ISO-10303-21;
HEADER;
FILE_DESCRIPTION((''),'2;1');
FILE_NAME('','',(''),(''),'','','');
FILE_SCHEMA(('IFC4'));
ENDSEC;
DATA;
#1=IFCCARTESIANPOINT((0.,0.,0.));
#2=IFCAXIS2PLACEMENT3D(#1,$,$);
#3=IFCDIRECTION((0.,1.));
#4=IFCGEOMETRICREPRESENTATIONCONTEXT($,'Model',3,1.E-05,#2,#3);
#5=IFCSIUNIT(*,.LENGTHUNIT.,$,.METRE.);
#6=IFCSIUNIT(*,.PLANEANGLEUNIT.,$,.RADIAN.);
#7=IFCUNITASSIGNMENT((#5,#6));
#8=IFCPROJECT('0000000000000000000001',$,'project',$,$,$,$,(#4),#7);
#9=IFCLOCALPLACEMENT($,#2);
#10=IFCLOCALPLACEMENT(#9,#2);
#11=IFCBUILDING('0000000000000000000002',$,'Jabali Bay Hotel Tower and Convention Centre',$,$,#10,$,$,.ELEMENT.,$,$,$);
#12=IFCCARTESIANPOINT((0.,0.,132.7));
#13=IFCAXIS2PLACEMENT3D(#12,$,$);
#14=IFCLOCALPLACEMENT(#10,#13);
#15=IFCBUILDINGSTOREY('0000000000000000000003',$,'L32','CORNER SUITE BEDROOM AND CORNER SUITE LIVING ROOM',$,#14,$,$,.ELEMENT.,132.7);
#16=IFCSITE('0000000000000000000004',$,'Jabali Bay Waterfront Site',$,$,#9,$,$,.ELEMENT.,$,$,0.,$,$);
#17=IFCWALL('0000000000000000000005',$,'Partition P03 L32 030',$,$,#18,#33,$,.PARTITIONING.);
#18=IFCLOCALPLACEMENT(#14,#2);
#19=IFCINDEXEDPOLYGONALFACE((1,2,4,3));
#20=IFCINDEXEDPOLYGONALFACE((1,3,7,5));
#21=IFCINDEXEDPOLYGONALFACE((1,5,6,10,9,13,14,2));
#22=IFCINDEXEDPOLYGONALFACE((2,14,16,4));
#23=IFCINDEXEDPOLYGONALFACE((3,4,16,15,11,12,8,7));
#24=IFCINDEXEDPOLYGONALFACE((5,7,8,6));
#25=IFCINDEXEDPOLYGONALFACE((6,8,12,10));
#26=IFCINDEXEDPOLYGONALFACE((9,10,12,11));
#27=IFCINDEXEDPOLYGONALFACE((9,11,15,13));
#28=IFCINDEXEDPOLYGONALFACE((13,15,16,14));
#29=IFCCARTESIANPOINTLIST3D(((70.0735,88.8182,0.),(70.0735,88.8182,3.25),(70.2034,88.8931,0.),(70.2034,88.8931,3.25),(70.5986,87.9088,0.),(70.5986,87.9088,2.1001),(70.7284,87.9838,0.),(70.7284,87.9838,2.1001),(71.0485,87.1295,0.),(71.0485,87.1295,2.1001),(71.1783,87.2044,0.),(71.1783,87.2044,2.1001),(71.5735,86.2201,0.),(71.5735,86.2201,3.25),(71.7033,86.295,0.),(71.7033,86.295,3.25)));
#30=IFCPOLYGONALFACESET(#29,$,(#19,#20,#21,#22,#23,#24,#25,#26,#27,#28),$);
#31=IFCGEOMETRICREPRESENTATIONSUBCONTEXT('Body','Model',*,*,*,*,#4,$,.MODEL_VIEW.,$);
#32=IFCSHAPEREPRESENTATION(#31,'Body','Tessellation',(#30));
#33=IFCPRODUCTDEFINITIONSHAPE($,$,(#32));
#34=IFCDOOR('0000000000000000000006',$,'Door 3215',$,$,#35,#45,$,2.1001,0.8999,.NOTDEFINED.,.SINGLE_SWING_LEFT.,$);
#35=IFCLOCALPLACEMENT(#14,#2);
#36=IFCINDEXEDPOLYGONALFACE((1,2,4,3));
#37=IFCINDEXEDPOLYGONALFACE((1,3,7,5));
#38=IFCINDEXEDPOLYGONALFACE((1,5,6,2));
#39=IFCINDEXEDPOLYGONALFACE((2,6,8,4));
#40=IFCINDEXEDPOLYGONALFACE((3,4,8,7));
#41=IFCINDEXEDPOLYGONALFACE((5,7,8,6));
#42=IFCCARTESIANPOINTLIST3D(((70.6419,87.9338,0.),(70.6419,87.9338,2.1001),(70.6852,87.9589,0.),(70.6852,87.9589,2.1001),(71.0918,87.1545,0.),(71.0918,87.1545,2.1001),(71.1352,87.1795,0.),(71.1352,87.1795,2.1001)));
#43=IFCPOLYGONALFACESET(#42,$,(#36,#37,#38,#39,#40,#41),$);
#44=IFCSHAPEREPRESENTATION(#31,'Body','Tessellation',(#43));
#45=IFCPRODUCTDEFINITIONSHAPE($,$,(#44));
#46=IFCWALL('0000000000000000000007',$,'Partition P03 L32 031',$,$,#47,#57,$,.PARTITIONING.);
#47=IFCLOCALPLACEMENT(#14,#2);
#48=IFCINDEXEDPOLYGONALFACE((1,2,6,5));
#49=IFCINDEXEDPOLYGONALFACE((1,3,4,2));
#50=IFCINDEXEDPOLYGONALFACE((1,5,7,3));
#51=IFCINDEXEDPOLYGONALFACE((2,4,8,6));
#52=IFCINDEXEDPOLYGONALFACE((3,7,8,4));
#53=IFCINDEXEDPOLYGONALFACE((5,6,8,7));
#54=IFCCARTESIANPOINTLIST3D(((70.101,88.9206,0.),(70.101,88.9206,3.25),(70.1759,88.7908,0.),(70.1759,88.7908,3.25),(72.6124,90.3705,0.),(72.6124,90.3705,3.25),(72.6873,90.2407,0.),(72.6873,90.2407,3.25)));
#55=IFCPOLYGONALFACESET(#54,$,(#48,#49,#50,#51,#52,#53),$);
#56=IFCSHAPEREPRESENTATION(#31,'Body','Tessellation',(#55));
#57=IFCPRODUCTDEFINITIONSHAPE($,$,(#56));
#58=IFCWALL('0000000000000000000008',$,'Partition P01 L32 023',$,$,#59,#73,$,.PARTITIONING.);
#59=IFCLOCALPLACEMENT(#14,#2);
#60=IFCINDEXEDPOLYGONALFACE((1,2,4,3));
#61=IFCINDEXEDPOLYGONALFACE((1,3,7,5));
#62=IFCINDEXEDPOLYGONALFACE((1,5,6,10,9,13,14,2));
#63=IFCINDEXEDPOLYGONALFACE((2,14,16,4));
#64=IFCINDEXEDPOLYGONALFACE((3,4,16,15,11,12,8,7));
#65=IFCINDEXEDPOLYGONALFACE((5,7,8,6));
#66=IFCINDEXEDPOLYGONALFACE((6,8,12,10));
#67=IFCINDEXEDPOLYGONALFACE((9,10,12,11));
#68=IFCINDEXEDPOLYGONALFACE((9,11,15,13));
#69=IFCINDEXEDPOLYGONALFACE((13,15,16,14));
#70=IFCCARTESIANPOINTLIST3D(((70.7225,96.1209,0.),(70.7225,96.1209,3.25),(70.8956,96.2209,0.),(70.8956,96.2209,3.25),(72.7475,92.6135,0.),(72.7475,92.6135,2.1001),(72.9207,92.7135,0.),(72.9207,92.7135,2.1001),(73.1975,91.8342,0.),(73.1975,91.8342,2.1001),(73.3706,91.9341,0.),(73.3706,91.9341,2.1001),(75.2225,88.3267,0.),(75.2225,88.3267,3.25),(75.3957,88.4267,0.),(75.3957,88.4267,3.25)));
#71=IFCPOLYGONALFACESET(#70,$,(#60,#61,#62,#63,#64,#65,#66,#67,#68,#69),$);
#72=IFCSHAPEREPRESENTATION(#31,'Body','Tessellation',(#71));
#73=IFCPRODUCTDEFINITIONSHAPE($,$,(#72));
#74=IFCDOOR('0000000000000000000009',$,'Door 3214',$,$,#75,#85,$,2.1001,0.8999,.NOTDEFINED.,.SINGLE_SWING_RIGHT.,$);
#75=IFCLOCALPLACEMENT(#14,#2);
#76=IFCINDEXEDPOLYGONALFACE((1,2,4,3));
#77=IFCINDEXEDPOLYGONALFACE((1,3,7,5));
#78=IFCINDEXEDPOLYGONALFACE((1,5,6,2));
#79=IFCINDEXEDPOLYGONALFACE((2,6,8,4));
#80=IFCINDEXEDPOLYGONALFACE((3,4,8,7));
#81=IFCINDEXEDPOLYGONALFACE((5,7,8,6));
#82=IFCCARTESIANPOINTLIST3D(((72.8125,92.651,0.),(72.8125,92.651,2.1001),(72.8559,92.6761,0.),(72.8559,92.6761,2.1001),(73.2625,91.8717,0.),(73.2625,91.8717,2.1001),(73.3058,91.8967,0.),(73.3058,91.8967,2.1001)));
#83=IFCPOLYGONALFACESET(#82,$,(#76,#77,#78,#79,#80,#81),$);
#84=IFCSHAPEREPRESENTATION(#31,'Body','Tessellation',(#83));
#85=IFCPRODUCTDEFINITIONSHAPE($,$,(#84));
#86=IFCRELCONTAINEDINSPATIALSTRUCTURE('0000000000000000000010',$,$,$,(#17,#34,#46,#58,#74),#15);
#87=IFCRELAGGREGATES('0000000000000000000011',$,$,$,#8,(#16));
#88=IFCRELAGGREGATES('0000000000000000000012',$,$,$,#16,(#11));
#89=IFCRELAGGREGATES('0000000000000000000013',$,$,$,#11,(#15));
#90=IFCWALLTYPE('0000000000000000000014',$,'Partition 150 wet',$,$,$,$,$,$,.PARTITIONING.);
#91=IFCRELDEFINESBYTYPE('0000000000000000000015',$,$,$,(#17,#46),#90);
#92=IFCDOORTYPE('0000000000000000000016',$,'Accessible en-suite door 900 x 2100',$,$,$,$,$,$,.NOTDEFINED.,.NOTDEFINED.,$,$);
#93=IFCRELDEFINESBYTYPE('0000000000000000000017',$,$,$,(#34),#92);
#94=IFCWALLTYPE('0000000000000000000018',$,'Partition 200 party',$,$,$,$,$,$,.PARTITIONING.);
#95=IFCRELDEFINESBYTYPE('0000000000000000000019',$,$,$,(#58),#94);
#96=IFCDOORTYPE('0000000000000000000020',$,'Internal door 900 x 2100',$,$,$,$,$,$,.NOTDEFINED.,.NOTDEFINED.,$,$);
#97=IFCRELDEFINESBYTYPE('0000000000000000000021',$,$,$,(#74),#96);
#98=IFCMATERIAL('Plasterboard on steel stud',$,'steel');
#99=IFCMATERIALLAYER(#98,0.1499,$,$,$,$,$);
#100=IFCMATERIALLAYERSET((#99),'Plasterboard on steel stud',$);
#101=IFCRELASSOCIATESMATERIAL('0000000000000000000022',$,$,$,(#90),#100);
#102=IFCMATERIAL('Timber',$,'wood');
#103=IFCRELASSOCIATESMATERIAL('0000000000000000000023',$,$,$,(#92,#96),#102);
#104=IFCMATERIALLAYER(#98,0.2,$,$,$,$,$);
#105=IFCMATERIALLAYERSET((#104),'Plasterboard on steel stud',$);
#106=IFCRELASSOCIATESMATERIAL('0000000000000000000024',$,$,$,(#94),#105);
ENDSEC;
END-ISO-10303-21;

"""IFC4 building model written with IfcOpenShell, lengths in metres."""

from ifc_helpers import new_model, si_unit, direction, frame, frame_2d, origin, place, context, subcontext, project, spatial, rectangle, extrude, material, layer, layer_set, type_object, element, fill, save


model = new_model("IFC4")

# Units and contexts
model_context = context("Model", 3, precision=1e-05, world=origin(), true_north=direction((0.0, 1.0)))
body_context = subcontext(model_context, "Body", "Model", "MODEL_VIEW")
ifc_project = project(units=[si_unit("LENGTHUNIT", "METRE"), si_unit("PLANEANGLEUNIT", "RADIAN")], contexts=[model_context])

# Site, building, storey
site_placement = place(None, origin())
site = spatial("IfcSite", under=ifc_project, at=site_placement, Name="Jabali Bay Waterfront Site", CompositionType="ELEMENT", RefElevation=0.0)
building_placement = place(site_placement, origin())
building = spatial("IfcBuilding", under=site, at=building_placement, Name="Jabali Bay Hotel Tower and Convention Centre", CompositionType="ELEMENT")
storey_placement = place(building_placement, frame((0.0, 0.0, 132.7)))
storey = spatial("IfcBuildingStorey", under=building, at=storey_placement, Name="L32", Description="CORNER SUITE BEDROOM AND CORNER SUITE LIVING ROOM", CompositionType="ELEMENT", Elevation=132.7)

# Shared definitions
ifc_material_1 = material(Name="Timber", Category="wood")

# Wall, opening, door
ifc_material_2 = material(Name="Plasterboard on steel stud", Category="steel")
ifc_layer_1 = layer(ifc_material_2, 0.1499)
ifc_layer_set_1 = layer_set([ifc_layer_1], Name="Plasterboard on steel stud")
wall_type_1 = type_object("IfcWallType", Name="Partition 150 wet", PredefinedType="PARTITIONING", material=ifc_layer_set_1)
wall_1_placement = place(storey_placement, frame((71.6384, 86.2576, 0.0), z_axis=(0.0, 0.0, 1.0), x_axis=(-0.49999, 0.866031, 0.0)))
wall_1 = element("IfcWall", 1, at=wall_1_placement, inside=storey, type_object=wall_type_1, Name="Partition P03 L32 030", PredefinedType="PARTITIONING", context=body_context, shape_type="SweptSolid", body=[
    extrude(rectangle(XDim=3.0, YDim=0.1499, at=frame_2d((1.5, 0.0))), origin(), (0.0, 0.0, 1.0), 3.25),
])
opening_1_placement = place(wall_1_placement, frame((1.05, 0.0, 0.0)))
opening_1 = element("IfcOpeningElement", 2, at=opening_1_placement, cuts=wall_1, PredefinedType="OPENING", context=body_context, shape_type="SweptSolid", body=[
    extrude(rectangle(XDim=0.8999, YDim=2.1001, at=frame_2d((0.45, 1.05))), frame((0.0, 0.0854, 0.0), z_axis=(0.0, -1.0, 0.0), x_axis=(1.0, 0.0, 0.0)), (0.0, 0.0, 1.0), 0.1709),
])
door_type_1 = type_object("IfcDoorType", Name="Accessible en-suite door 900 x 2100", OperationType="NOTDEFINED", PredefinedType="NOTDEFINED", material=ifc_material_1)
door_1_placement = place(opening_1_placement, origin())
door_1 = element("IfcDoor", 3, at=door_1_placement, inside=storey, type_object=door_type_1, Name="Door 3215", OperationType="SINGLE_SWING_LEFT", OverallHeight=2.1001, OverallWidth=0.8999, PredefinedType="NOTDEFINED", context=body_context, shape_type="SweptSolid", body=[
    extrude(rectangle(XDim=0.8999, YDim=2.1001, at=frame_2d((0.45, 1.05))), frame((0.0, 0.0249, 0.0), z_axis=(0.0, -1.0, 0.0), x_axis=(1.0, 0.0, 0.0)), (0.0, 0.0, 1.0), 0.05),
])
fill(opening_1, door_1)

# Wall
wall_2_placement = place(storey_placement, frame((70.1384, 88.8557, 0.0), z_axis=(0.0, 0.0, 1.0), x_axis=(0.866033, 0.499987, 0.0)))
element("IfcWall", 4, at=wall_2_placement, inside=storey, type_object=wall_type_1, Name="Partition P03 L32 031", PredefinedType="PARTITIONING", context=body_context, shape_type="SweptSolid", body=[
    extrude(rectangle(XDim=2.8999, YDim=0.1499, at=frame_2d((1.45, 0.0))), origin(), (0.0, 0.0, 1.0), 3.25),
])

# Wall, opening, door
ifc_layer_2 = layer(ifc_material_2, 0.2)
ifc_layer_set_2 = layer_set([ifc_layer_2], Name="Plasterboard on steel stud")
wall_type_2 = type_object("IfcWallType", Name="Partition 200 party", PredefinedType="PARTITIONING", material=ifc_layer_set_2)
wall_3_placement = place(storey_placement, frame((75.3091, 88.3767, 0.0), z_axis=(0.0, 0.0, 1.0), x_axis=(-0.500002, 0.866024, 0.0)))
wall_3 = element("IfcWall", 5, at=wall_3_placement, inside=storey, type_object=wall_type_2, Name="Partition P01 L32 023", PredefinedType="PARTITIONING", context=body_context, shape_type="SweptSolid", body=[
    extrude(rectangle(XDim=9.0, YDim=0.2, at=frame_2d((4.5, 0.0))), origin(), (0.0, 0.0, 1.0), 3.25),
])
opening_2_placement = place(wall_3_placement, frame((4.05, 0.0, 0.0)))
opening_2 = element("IfcOpeningElement", 6, at=opening_2_placement, cuts=wall_3, PredefinedType="OPENING", context=body_context, shape_type="SweptSolid", body=[
    extrude(rectangle(XDim=0.8999, YDim=2.1001, at=frame_2d((0.45, 1.05))), frame((0.0, 0.1104, 0.0), z_axis=(0.0, -1.0, 0.0), x_axis=(1.0, 0.0, 0.0)), (0.0, 0.0, 1.0), 0.2209),
])
door_type_2 = type_object("IfcDoorType", Name="Internal door 900 x 2100", OperationType="NOTDEFINED", PredefinedType="NOTDEFINED", material=ifc_material_1)
door_2_placement = place(opening_2_placement, origin())
door_2 = element("IfcDoor", 7, at=door_2_placement, inside=storey, type_object=door_type_2, Name="Door 3214", OperationType="SINGLE_SWING_RIGHT", OverallHeight=2.1001, OverallWidth=0.8999, PredefinedType="NOTDEFINED", context=body_context, shape_type="SweptSolid", body=[
    extrude(rectangle(XDim=0.8999, YDim=2.1001, at=frame_2d((0.45, 1.05))), frame((0.0, 0.0249, 0.0), z_axis=(0.0, -1.0, 0.0), x_axis=(1.0, 0.0, 0.0)), (0.0, 0.0, 1.0), 0.05),
])
fill(opening_2, door_2)

save(model, "model.ifc")
